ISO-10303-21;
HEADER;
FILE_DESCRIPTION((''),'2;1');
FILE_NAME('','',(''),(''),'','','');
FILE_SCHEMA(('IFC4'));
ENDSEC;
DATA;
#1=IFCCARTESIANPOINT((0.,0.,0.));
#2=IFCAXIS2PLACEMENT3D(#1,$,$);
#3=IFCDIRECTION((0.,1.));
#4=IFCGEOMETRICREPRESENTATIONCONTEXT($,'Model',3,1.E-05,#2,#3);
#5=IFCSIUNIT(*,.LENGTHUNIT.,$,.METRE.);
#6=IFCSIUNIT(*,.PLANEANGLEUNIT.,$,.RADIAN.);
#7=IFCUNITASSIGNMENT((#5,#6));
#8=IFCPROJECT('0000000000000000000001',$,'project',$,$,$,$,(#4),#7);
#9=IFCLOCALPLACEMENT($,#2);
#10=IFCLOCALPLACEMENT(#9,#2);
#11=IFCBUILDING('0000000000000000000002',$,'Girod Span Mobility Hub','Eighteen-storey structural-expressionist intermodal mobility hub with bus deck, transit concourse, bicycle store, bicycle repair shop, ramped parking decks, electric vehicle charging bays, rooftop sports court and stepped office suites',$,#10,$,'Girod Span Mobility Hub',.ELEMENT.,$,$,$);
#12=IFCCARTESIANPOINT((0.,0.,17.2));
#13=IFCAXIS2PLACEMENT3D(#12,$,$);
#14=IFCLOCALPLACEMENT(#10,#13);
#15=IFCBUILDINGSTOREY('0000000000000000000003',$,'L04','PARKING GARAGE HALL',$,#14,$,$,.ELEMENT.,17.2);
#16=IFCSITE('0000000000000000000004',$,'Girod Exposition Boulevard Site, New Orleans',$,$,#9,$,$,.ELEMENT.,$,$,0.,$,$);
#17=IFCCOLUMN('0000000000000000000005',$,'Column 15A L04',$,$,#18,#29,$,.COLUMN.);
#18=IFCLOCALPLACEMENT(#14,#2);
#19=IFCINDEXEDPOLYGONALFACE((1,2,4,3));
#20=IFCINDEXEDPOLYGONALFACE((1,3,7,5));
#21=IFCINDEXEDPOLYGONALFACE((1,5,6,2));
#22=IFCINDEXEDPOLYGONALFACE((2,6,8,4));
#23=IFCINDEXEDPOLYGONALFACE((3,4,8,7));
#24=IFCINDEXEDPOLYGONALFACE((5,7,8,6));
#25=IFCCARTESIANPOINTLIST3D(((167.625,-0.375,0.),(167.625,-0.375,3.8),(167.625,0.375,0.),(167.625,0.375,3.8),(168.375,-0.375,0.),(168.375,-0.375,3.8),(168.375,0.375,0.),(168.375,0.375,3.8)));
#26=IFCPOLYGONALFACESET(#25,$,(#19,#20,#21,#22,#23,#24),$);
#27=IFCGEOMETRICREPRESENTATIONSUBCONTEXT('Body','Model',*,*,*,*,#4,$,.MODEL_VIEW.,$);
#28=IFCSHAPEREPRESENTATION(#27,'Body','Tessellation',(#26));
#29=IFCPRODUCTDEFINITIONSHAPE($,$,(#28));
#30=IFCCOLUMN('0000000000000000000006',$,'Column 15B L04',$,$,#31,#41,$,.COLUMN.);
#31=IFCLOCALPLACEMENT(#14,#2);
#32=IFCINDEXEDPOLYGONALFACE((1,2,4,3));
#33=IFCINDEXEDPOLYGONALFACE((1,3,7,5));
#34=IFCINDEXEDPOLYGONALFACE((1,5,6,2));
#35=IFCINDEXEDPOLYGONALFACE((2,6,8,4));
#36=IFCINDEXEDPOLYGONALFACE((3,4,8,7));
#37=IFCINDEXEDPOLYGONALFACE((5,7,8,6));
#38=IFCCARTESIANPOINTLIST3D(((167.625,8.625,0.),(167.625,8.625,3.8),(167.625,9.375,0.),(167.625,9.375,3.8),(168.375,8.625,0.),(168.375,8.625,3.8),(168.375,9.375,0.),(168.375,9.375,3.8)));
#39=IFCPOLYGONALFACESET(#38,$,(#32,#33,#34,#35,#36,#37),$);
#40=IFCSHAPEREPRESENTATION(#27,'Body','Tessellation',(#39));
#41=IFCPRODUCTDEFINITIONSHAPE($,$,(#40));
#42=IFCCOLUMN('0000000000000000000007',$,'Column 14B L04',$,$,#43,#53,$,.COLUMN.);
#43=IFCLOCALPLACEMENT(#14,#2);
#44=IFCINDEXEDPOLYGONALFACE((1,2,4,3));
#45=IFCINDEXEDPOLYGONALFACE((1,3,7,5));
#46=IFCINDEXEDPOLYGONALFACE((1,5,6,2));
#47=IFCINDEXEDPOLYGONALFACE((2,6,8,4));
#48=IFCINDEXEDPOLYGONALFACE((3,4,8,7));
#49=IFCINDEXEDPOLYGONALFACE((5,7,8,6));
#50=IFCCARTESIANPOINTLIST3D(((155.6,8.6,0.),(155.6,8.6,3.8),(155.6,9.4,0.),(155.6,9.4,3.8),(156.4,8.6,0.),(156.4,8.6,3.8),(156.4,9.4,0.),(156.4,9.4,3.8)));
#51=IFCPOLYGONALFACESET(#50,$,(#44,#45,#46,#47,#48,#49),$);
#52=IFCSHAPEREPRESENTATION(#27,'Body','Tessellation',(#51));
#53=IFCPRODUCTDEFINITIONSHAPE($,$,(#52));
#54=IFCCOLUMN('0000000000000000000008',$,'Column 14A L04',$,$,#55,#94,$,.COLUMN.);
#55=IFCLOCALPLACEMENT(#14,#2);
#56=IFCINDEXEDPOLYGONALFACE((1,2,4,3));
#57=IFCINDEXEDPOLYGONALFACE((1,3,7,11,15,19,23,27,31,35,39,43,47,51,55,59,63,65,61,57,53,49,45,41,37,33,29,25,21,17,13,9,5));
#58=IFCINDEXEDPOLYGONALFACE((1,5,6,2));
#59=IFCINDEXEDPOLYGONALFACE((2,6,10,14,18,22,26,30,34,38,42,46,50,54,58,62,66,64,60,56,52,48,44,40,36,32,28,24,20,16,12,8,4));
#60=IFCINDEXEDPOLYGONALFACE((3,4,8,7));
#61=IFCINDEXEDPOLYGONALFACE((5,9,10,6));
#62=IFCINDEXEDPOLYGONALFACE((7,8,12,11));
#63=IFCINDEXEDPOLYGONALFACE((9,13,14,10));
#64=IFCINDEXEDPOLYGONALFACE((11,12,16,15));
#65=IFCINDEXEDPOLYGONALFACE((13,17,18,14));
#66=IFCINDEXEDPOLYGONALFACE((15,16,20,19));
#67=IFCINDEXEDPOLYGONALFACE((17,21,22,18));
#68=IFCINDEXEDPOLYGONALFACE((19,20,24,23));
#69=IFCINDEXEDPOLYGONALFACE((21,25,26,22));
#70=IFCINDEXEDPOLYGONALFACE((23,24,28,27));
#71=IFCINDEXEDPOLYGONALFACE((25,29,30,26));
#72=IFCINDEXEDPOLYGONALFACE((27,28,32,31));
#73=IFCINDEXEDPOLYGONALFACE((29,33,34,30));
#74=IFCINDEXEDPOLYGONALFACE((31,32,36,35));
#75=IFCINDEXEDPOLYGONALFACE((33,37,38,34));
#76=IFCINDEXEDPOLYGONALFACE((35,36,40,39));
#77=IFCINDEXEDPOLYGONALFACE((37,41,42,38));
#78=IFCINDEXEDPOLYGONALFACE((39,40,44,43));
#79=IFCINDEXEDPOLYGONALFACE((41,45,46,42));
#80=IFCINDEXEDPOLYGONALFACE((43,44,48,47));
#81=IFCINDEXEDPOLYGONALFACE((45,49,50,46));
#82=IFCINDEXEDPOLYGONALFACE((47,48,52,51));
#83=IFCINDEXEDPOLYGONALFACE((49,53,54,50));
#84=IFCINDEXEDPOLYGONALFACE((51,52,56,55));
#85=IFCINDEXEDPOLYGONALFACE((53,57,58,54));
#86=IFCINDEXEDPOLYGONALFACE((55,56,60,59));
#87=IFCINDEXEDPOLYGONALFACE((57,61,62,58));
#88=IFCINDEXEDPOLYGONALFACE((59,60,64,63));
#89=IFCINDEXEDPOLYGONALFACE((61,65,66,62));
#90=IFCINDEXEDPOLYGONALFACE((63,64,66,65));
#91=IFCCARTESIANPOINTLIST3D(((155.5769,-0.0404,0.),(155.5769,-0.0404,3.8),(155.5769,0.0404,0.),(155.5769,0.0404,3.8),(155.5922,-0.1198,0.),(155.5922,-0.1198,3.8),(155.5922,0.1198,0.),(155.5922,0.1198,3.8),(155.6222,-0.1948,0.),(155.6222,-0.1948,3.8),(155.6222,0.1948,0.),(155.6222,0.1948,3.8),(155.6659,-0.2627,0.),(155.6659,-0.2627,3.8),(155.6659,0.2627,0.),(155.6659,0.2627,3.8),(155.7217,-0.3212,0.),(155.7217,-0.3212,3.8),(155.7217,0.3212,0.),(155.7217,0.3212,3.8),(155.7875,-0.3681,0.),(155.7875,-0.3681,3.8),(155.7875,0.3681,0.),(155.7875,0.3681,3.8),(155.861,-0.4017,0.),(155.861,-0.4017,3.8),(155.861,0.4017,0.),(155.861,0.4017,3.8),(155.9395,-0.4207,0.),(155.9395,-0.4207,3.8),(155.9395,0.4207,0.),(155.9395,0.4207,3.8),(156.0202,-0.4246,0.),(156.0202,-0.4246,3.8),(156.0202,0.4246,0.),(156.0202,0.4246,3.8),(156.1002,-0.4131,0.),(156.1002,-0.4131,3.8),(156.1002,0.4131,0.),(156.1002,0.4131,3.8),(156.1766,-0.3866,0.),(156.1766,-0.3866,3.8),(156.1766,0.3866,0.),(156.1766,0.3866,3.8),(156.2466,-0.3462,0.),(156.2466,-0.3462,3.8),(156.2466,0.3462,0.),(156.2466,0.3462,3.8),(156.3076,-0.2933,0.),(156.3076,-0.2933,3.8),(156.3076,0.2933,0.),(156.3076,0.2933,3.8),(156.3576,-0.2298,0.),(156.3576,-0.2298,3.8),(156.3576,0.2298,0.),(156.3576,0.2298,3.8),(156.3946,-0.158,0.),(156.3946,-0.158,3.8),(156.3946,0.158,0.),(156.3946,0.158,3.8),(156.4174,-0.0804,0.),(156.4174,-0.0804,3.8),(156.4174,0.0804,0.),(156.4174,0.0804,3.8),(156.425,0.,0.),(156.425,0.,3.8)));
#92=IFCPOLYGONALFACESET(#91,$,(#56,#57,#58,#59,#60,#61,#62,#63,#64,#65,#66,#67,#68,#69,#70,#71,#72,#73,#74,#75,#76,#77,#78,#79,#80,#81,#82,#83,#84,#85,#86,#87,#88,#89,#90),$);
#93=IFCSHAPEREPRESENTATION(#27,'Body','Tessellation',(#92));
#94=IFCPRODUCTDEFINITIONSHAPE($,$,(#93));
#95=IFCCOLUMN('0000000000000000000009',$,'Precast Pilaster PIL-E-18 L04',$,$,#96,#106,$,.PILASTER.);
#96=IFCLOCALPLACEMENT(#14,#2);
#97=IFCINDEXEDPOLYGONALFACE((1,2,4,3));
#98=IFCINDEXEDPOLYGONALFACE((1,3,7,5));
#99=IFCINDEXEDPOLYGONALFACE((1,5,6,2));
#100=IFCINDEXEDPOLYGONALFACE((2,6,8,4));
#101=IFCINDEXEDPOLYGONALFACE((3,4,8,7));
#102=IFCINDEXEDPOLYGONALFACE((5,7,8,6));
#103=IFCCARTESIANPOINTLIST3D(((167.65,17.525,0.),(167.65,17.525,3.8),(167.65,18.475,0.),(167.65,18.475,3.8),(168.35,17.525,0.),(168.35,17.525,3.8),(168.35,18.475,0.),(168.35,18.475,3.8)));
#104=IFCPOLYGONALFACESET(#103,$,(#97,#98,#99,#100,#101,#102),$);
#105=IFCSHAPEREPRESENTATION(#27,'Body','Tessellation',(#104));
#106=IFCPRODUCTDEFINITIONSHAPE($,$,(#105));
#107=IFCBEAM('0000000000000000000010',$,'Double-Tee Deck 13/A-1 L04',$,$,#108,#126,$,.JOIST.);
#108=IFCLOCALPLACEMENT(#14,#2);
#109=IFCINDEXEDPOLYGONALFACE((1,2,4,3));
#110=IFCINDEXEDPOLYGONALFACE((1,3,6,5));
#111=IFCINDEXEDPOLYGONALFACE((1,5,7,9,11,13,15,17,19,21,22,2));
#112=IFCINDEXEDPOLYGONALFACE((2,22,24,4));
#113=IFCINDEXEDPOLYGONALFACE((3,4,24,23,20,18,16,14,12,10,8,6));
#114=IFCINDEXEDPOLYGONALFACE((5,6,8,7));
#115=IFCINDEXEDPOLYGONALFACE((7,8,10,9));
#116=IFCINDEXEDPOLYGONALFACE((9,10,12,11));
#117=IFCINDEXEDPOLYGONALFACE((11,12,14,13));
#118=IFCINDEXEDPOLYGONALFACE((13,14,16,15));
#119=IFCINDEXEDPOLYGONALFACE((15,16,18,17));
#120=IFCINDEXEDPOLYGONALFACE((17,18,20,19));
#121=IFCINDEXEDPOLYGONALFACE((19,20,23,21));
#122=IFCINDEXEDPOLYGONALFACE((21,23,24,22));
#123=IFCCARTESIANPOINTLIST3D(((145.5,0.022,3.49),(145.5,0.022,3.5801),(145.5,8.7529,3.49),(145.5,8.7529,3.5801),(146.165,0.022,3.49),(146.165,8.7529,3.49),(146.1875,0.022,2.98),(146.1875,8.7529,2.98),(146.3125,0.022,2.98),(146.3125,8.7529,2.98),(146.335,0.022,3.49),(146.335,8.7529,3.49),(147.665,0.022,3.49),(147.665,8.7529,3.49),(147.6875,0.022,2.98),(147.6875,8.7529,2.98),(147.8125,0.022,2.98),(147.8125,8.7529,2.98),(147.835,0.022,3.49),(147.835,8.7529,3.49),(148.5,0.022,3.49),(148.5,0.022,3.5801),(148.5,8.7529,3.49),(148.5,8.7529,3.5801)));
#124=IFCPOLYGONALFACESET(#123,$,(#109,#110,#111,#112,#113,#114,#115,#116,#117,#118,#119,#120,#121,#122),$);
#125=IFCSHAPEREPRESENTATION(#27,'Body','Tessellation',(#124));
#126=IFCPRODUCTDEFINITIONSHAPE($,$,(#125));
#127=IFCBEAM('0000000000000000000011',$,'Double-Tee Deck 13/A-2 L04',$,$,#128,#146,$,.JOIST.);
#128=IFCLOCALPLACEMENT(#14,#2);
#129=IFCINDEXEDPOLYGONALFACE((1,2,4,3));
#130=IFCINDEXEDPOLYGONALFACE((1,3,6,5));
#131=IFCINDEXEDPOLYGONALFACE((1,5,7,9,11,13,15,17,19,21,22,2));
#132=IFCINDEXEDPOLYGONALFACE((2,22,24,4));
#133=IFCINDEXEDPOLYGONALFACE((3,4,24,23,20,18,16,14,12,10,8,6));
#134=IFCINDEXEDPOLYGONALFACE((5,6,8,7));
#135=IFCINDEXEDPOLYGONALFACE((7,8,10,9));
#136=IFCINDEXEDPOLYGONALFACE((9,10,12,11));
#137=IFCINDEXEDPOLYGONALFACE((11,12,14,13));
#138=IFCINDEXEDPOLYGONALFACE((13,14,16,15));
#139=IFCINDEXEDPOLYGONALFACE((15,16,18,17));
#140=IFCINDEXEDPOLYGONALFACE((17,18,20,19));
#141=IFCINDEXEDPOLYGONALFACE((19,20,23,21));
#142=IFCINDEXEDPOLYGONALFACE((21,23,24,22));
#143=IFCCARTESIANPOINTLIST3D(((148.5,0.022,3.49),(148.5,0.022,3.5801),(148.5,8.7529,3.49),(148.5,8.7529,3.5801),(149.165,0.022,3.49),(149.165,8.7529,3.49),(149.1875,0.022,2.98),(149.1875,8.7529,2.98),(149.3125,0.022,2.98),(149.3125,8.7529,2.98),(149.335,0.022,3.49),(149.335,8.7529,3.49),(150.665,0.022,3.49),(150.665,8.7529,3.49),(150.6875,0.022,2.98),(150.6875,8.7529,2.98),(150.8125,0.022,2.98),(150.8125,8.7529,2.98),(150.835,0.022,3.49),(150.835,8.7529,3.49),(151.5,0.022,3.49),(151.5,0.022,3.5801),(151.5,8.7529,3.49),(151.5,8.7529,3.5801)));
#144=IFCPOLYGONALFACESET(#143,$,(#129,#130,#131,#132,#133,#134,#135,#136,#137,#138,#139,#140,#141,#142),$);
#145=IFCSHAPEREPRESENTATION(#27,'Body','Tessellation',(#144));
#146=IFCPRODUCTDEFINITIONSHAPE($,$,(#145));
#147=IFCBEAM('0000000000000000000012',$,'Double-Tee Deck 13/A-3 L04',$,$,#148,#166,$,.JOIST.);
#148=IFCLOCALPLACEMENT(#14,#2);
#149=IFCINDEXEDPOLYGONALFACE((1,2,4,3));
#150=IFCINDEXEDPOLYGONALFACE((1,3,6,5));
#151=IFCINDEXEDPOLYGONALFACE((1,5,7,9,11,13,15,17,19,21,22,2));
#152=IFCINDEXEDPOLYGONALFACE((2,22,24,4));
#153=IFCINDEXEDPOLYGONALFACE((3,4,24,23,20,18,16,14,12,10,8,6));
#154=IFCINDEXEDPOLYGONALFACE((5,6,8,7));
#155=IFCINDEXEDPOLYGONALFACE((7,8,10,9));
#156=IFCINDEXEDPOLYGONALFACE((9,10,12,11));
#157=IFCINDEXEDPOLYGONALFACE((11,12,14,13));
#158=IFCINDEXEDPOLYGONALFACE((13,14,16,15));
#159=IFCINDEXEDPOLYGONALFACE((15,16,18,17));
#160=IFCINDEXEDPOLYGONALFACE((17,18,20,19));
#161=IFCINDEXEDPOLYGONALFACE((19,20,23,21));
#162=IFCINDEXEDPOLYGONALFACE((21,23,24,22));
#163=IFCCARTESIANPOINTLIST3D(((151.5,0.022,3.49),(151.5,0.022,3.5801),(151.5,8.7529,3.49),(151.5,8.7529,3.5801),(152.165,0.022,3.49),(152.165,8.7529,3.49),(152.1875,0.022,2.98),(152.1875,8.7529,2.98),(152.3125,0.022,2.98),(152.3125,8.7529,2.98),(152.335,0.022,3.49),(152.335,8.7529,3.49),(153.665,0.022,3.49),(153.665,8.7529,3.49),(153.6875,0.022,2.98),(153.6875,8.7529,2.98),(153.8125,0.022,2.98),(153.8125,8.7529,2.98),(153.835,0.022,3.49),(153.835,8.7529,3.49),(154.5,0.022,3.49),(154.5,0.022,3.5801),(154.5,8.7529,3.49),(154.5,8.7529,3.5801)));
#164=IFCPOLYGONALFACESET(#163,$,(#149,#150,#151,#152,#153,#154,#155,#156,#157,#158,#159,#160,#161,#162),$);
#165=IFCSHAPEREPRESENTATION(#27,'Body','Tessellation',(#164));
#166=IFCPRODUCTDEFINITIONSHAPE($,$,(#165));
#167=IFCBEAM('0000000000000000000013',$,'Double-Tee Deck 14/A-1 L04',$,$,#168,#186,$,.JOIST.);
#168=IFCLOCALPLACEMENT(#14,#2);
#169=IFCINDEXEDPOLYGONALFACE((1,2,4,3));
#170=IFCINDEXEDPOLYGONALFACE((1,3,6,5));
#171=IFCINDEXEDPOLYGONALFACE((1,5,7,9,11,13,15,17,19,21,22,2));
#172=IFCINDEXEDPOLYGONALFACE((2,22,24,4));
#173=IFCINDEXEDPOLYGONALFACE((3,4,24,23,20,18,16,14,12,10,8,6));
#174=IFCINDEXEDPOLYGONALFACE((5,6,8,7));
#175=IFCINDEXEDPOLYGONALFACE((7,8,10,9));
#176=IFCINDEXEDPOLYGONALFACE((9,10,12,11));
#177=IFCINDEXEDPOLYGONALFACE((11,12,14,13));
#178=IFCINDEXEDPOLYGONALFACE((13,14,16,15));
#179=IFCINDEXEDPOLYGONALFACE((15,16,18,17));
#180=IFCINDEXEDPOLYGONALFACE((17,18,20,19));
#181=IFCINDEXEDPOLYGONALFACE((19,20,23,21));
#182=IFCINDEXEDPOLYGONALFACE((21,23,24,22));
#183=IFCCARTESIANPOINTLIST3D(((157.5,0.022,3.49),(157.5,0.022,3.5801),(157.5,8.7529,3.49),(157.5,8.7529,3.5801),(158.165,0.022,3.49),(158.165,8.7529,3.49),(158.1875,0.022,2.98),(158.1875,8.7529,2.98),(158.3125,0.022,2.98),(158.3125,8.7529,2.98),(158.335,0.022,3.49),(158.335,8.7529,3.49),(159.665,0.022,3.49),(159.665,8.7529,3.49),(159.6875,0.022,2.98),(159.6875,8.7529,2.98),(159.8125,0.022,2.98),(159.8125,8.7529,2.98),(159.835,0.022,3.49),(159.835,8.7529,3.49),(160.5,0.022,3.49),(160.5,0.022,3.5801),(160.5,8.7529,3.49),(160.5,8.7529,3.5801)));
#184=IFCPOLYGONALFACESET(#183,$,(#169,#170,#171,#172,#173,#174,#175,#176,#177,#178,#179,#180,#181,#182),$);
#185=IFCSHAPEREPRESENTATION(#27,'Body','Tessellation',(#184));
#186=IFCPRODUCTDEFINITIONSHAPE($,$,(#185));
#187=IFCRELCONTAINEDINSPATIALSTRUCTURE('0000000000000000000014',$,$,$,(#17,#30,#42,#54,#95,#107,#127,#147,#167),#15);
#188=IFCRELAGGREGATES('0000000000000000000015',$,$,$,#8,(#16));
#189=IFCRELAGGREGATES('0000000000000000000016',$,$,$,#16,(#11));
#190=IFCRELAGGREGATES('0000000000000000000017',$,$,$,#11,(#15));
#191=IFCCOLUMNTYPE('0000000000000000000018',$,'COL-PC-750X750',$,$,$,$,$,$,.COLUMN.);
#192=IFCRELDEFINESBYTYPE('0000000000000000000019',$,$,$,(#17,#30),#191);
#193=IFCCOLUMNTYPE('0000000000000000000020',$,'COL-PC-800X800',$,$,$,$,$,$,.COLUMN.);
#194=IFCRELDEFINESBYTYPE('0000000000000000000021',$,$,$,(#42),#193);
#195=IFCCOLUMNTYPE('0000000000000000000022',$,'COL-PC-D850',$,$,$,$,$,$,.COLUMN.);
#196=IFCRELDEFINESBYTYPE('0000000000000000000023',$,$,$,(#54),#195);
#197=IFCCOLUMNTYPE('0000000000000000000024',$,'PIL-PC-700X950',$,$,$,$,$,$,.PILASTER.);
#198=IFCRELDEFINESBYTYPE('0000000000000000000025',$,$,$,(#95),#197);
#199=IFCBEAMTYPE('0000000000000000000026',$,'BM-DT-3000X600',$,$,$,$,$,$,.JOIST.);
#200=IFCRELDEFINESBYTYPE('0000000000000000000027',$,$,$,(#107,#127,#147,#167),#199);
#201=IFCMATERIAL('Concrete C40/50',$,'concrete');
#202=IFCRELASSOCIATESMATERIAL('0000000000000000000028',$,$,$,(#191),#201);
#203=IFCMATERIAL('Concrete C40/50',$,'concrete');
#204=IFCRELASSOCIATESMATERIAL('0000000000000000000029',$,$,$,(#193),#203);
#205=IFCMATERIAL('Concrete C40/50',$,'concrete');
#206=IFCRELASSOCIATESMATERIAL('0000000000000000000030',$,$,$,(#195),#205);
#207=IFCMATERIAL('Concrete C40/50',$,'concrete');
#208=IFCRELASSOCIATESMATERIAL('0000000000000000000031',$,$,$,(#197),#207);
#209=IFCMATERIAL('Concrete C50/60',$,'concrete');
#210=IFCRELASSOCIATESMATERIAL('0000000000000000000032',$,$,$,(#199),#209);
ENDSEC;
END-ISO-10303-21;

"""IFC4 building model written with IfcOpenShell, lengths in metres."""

from ifc_helpers import new_model, si_unit, direction, frame, origin, origin_2d, place, context, subcontext, project, spatial, polyline, rectangle, circle, outline, extrude, material, material_profile, profile_set, type_object, element, save


model = new_model("IFC4")

# Units and contexts
model_context = context("Model", 3, precision=1e-05, world=origin(), true_north=direction((0.0, 1.0)))
body_context = subcontext(model_context, "Body", "Model", "MODEL_VIEW")
ifc_project = project(units=[si_unit("LENGTHUNIT", "METRE"), si_unit("PLANEANGLEUNIT", "RADIAN")], contexts=[model_context])

# Site, building, storey
site_placement = place(None, origin())
site = spatial("IfcSite", under=ifc_project, at=site_placement, Name="Girod Exposition Boulevard Site, New Orleans", CompositionType="ELEMENT", RefElevation=0.0)
building_placement = place(site_placement, origin())
building = spatial("IfcBuilding", under=site, at=building_placement, Name="Girod Span Mobility Hub", Description="Eighteen-storey structural-expressionist intermodal mobility hub with bus deck, transit concourse, bicycle store, bicycle repair shop, ramped parking decks, electric vehicle charging bays, rooftop sports court and stepped office suites", LongName="Girod Span Mobility Hub", CompositionType="ELEMENT")
storey_placement = place(building_placement, frame((0.0, 0.0, 17.2)))
storey = spatial("IfcBuildingStorey", under=building, at=storey_placement, Name="L04", Description="PARKING GARAGE HALL", CompositionType="ELEMENT", Elevation=17.2)

# Columns
ifc_material_1 = material(Name="Concrete C40/50", Category="concrete")
ifc_material_profile_1 = material_profile(ifc_material_1, rectangle(XDim=0.75, YDim=0.75, at=origin_2d()), Name="PC-COL-750X750")
ifc_profile_set_1 = profile_set([ifc_material_profile_1], Name="Concrete C40/50")
column_type_1 = type_object("IfcColumnType", Name="COL-PC-750X750", PredefinedType="COLUMN", material=ifc_profile_set_1)
for number, where, z_axis, x_axis, name in (
    (1, (168.0, 0.0, 0.0), (0.0, 0.0, 1.0), (1.0, 0.0, 0.0), "Column 15A L04"),
    (2, (168.0, 9.0, 0.0), (0.0, 0.0, 1.0), (1.0, 0.0, 0.0), "Column 15B L04"),
):
    element("IfcColumn", number, at=place(storey_placement, frame(where, z_axis=z_axis, x_axis=x_axis)), inside=storey, type_object=column_type_1, Name=name, PredefinedType="COLUMN", context=body_context, shape_type="SweptSolid", body=[
        extrude(rectangle(XDim=0.75, YDim=0.75, at=origin_2d()), origin(), (0.0, 0.0, 1.0), 3.8),
    ])
ifc_material_2 = material(Name="Concrete C40/50", Category="concrete")
ifc_material_profile_2 = material_profile(ifc_material_2, rectangle(XDim=0.8, YDim=0.8, at=origin_2d()), Name="PC-COL-800X800")
ifc_profile_set_2 = profile_set([ifc_material_profile_2], Name="Concrete C40/50")
column_type_2 = type_object("IfcColumnType", Name="COL-PC-800X800", PredefinedType="COLUMN", material=ifc_profile_set_2)
column_1_placement = place(storey_placement, frame((156.0, 9.0, 0.0), z_axis=(0.0, 0.0, 1.0), x_axis=(1.0, 0.0, 0.0)))
element("IfcColumn", 3, at=column_1_placement, inside=storey, type_object=column_type_2, Name="Column 14B L04", PredefinedType="COLUMN", context=body_context, shape_type="SweptSolid", body=[
    extrude(rectangle(XDim=0.8, YDim=0.8, at=origin_2d()), origin(), (0.0, 0.0, 1.0), 3.8),
])
ifc_material_3 = material(Name="Concrete C40/50", Category="concrete")
ifc_material_profile_3 = material_profile(ifc_material_3, circle(Radius=0.425, at=origin_2d()), Name="PC-CIR-D850")
ifc_profile_set_3 = profile_set([ifc_material_profile_3], Name="Concrete C40/50")
column_type_3 = type_object("IfcColumnType", Name="COL-PC-D850", PredefinedType="COLUMN", material=ifc_profile_set_3)
column_2_placement = place(storey_placement, frame((156.0, 0.0, 0.0), z_axis=(0.0, 0.0, 1.0), x_axis=(1.0, 0.0, 0.0)))
element("IfcColumn", 4, at=column_2_placement, inside=storey, type_object=column_type_3, Name="Column 14A L04", PredefinedType="COLUMN", context=body_context, shape_type="SweptSolid", body=[
    extrude(circle(Radius=0.425, at=origin_2d()), origin(), (0.0, 0.0, 1.0), 3.8),
])
ifc_material_4 = material(Name="Concrete C40/50", Category="concrete")
ifc_material_profile_4 = material_profile(ifc_material_4, rectangle(XDim=0.7, YDim=0.95, at=origin_2d()), Name="PC-PIL-700X950")
ifc_profile_set_4 = profile_set([ifc_material_profile_4], Name="Concrete C40/50")
column_type_4 = type_object("IfcColumnType", Name="PIL-PC-700X950", PredefinedType="PILASTER", material=ifc_profile_set_4)
column_3_placement = place(storey_placement, frame((168.0, 18.0, 0.0), z_axis=(0.0, 0.0, 1.0), x_axis=(1.0, 0.0, 0.0)))
element("IfcColumn", 5, at=column_3_placement, inside=storey, type_object=column_type_4, Name="Precast Pilaster PIL-E-18 L04", PredefinedType="PILASTER", context=body_context, shape_type="SweptSolid", body=[
    extrude(rectangle(XDim=0.7, YDim=0.95, at=origin_2d()), origin(), (0.0, 0.0, 1.0), 3.8),
])

# Beams
ifc_material_5 = material(Name="Concrete C50/60", Category="concrete")
ifc_material_profile_5 = material_profile(ifc_material_5, outline(polyline([(-1.5, 0.3), (-1.5, 0.21), (-0.835, 0.21), (-0.8125, -0.3), (-0.6875, -0.3), (-0.665, 0.21), (0.665, 0.21), (0.6875, -0.3), (0.8125, -0.3), (0.835, 0.21), (1.5, 0.21), (1.5, 0.3), (-1.5, 0.3)])), Name="DT-3000X600")
ifc_profile_set_5 = profile_set([ifc_material_profile_5], Name="Concrete C50/60")
beam_type_1 = type_object("IfcBeamType", Name="BM-DT-3000X600", PredefinedType="JOIST", material=ifc_profile_set_5)
for number, where, z_axis, x_axis, name in (
    (6, (147.0, 0.022, 3.28), (0.0, 1.0, 0.0), (-1.0, 0.0, 0.0), "Double-Tee Deck 13/A-1 L04"),
    (7, (150.0, 0.022, 3.28), (0.0, 1.0, 0.0), (-1.0, 0.0, 0.0), "Double-Tee Deck 13/A-2 L04"),
    (8, (153.0, 0.022, 3.28), (0.0, 1.0, 0.0), (-1.0, 0.0, 0.0), "Double-Tee Deck 13/A-3 L04"),
    (9, (159.0, 0.022, 3.28), (0.0, 1.0, 0.0), (-1.0, 0.0, 0.0), "Double-Tee Deck 14/A-1 L04"),
):
    element("IfcBeam", number, at=place(storey_placement, frame(where, z_axis=z_axis, x_axis=x_axis)), inside=storey, type_object=beam_type_1, Name=name, PredefinedType="JOIST", context=body_context, shape_type="SweptSolid", body=[
        extrude(outline(polyline([(-1.5, 0.3), (-1.5, 0.21), (-0.835, 0.21), (-0.8125, -0.3), (-0.6875, -0.3), (-0.665, 0.21), (0.665, 0.21), (0.6875, -0.3), (0.8125, -0.3), (0.835, 0.21), (1.5, 0.21), (1.5, 0.3), (-1.5, 0.3)])), origin(), (0.0, 0.0, 1.0), 8.731),
    ])

save(model, "model.ifc")
